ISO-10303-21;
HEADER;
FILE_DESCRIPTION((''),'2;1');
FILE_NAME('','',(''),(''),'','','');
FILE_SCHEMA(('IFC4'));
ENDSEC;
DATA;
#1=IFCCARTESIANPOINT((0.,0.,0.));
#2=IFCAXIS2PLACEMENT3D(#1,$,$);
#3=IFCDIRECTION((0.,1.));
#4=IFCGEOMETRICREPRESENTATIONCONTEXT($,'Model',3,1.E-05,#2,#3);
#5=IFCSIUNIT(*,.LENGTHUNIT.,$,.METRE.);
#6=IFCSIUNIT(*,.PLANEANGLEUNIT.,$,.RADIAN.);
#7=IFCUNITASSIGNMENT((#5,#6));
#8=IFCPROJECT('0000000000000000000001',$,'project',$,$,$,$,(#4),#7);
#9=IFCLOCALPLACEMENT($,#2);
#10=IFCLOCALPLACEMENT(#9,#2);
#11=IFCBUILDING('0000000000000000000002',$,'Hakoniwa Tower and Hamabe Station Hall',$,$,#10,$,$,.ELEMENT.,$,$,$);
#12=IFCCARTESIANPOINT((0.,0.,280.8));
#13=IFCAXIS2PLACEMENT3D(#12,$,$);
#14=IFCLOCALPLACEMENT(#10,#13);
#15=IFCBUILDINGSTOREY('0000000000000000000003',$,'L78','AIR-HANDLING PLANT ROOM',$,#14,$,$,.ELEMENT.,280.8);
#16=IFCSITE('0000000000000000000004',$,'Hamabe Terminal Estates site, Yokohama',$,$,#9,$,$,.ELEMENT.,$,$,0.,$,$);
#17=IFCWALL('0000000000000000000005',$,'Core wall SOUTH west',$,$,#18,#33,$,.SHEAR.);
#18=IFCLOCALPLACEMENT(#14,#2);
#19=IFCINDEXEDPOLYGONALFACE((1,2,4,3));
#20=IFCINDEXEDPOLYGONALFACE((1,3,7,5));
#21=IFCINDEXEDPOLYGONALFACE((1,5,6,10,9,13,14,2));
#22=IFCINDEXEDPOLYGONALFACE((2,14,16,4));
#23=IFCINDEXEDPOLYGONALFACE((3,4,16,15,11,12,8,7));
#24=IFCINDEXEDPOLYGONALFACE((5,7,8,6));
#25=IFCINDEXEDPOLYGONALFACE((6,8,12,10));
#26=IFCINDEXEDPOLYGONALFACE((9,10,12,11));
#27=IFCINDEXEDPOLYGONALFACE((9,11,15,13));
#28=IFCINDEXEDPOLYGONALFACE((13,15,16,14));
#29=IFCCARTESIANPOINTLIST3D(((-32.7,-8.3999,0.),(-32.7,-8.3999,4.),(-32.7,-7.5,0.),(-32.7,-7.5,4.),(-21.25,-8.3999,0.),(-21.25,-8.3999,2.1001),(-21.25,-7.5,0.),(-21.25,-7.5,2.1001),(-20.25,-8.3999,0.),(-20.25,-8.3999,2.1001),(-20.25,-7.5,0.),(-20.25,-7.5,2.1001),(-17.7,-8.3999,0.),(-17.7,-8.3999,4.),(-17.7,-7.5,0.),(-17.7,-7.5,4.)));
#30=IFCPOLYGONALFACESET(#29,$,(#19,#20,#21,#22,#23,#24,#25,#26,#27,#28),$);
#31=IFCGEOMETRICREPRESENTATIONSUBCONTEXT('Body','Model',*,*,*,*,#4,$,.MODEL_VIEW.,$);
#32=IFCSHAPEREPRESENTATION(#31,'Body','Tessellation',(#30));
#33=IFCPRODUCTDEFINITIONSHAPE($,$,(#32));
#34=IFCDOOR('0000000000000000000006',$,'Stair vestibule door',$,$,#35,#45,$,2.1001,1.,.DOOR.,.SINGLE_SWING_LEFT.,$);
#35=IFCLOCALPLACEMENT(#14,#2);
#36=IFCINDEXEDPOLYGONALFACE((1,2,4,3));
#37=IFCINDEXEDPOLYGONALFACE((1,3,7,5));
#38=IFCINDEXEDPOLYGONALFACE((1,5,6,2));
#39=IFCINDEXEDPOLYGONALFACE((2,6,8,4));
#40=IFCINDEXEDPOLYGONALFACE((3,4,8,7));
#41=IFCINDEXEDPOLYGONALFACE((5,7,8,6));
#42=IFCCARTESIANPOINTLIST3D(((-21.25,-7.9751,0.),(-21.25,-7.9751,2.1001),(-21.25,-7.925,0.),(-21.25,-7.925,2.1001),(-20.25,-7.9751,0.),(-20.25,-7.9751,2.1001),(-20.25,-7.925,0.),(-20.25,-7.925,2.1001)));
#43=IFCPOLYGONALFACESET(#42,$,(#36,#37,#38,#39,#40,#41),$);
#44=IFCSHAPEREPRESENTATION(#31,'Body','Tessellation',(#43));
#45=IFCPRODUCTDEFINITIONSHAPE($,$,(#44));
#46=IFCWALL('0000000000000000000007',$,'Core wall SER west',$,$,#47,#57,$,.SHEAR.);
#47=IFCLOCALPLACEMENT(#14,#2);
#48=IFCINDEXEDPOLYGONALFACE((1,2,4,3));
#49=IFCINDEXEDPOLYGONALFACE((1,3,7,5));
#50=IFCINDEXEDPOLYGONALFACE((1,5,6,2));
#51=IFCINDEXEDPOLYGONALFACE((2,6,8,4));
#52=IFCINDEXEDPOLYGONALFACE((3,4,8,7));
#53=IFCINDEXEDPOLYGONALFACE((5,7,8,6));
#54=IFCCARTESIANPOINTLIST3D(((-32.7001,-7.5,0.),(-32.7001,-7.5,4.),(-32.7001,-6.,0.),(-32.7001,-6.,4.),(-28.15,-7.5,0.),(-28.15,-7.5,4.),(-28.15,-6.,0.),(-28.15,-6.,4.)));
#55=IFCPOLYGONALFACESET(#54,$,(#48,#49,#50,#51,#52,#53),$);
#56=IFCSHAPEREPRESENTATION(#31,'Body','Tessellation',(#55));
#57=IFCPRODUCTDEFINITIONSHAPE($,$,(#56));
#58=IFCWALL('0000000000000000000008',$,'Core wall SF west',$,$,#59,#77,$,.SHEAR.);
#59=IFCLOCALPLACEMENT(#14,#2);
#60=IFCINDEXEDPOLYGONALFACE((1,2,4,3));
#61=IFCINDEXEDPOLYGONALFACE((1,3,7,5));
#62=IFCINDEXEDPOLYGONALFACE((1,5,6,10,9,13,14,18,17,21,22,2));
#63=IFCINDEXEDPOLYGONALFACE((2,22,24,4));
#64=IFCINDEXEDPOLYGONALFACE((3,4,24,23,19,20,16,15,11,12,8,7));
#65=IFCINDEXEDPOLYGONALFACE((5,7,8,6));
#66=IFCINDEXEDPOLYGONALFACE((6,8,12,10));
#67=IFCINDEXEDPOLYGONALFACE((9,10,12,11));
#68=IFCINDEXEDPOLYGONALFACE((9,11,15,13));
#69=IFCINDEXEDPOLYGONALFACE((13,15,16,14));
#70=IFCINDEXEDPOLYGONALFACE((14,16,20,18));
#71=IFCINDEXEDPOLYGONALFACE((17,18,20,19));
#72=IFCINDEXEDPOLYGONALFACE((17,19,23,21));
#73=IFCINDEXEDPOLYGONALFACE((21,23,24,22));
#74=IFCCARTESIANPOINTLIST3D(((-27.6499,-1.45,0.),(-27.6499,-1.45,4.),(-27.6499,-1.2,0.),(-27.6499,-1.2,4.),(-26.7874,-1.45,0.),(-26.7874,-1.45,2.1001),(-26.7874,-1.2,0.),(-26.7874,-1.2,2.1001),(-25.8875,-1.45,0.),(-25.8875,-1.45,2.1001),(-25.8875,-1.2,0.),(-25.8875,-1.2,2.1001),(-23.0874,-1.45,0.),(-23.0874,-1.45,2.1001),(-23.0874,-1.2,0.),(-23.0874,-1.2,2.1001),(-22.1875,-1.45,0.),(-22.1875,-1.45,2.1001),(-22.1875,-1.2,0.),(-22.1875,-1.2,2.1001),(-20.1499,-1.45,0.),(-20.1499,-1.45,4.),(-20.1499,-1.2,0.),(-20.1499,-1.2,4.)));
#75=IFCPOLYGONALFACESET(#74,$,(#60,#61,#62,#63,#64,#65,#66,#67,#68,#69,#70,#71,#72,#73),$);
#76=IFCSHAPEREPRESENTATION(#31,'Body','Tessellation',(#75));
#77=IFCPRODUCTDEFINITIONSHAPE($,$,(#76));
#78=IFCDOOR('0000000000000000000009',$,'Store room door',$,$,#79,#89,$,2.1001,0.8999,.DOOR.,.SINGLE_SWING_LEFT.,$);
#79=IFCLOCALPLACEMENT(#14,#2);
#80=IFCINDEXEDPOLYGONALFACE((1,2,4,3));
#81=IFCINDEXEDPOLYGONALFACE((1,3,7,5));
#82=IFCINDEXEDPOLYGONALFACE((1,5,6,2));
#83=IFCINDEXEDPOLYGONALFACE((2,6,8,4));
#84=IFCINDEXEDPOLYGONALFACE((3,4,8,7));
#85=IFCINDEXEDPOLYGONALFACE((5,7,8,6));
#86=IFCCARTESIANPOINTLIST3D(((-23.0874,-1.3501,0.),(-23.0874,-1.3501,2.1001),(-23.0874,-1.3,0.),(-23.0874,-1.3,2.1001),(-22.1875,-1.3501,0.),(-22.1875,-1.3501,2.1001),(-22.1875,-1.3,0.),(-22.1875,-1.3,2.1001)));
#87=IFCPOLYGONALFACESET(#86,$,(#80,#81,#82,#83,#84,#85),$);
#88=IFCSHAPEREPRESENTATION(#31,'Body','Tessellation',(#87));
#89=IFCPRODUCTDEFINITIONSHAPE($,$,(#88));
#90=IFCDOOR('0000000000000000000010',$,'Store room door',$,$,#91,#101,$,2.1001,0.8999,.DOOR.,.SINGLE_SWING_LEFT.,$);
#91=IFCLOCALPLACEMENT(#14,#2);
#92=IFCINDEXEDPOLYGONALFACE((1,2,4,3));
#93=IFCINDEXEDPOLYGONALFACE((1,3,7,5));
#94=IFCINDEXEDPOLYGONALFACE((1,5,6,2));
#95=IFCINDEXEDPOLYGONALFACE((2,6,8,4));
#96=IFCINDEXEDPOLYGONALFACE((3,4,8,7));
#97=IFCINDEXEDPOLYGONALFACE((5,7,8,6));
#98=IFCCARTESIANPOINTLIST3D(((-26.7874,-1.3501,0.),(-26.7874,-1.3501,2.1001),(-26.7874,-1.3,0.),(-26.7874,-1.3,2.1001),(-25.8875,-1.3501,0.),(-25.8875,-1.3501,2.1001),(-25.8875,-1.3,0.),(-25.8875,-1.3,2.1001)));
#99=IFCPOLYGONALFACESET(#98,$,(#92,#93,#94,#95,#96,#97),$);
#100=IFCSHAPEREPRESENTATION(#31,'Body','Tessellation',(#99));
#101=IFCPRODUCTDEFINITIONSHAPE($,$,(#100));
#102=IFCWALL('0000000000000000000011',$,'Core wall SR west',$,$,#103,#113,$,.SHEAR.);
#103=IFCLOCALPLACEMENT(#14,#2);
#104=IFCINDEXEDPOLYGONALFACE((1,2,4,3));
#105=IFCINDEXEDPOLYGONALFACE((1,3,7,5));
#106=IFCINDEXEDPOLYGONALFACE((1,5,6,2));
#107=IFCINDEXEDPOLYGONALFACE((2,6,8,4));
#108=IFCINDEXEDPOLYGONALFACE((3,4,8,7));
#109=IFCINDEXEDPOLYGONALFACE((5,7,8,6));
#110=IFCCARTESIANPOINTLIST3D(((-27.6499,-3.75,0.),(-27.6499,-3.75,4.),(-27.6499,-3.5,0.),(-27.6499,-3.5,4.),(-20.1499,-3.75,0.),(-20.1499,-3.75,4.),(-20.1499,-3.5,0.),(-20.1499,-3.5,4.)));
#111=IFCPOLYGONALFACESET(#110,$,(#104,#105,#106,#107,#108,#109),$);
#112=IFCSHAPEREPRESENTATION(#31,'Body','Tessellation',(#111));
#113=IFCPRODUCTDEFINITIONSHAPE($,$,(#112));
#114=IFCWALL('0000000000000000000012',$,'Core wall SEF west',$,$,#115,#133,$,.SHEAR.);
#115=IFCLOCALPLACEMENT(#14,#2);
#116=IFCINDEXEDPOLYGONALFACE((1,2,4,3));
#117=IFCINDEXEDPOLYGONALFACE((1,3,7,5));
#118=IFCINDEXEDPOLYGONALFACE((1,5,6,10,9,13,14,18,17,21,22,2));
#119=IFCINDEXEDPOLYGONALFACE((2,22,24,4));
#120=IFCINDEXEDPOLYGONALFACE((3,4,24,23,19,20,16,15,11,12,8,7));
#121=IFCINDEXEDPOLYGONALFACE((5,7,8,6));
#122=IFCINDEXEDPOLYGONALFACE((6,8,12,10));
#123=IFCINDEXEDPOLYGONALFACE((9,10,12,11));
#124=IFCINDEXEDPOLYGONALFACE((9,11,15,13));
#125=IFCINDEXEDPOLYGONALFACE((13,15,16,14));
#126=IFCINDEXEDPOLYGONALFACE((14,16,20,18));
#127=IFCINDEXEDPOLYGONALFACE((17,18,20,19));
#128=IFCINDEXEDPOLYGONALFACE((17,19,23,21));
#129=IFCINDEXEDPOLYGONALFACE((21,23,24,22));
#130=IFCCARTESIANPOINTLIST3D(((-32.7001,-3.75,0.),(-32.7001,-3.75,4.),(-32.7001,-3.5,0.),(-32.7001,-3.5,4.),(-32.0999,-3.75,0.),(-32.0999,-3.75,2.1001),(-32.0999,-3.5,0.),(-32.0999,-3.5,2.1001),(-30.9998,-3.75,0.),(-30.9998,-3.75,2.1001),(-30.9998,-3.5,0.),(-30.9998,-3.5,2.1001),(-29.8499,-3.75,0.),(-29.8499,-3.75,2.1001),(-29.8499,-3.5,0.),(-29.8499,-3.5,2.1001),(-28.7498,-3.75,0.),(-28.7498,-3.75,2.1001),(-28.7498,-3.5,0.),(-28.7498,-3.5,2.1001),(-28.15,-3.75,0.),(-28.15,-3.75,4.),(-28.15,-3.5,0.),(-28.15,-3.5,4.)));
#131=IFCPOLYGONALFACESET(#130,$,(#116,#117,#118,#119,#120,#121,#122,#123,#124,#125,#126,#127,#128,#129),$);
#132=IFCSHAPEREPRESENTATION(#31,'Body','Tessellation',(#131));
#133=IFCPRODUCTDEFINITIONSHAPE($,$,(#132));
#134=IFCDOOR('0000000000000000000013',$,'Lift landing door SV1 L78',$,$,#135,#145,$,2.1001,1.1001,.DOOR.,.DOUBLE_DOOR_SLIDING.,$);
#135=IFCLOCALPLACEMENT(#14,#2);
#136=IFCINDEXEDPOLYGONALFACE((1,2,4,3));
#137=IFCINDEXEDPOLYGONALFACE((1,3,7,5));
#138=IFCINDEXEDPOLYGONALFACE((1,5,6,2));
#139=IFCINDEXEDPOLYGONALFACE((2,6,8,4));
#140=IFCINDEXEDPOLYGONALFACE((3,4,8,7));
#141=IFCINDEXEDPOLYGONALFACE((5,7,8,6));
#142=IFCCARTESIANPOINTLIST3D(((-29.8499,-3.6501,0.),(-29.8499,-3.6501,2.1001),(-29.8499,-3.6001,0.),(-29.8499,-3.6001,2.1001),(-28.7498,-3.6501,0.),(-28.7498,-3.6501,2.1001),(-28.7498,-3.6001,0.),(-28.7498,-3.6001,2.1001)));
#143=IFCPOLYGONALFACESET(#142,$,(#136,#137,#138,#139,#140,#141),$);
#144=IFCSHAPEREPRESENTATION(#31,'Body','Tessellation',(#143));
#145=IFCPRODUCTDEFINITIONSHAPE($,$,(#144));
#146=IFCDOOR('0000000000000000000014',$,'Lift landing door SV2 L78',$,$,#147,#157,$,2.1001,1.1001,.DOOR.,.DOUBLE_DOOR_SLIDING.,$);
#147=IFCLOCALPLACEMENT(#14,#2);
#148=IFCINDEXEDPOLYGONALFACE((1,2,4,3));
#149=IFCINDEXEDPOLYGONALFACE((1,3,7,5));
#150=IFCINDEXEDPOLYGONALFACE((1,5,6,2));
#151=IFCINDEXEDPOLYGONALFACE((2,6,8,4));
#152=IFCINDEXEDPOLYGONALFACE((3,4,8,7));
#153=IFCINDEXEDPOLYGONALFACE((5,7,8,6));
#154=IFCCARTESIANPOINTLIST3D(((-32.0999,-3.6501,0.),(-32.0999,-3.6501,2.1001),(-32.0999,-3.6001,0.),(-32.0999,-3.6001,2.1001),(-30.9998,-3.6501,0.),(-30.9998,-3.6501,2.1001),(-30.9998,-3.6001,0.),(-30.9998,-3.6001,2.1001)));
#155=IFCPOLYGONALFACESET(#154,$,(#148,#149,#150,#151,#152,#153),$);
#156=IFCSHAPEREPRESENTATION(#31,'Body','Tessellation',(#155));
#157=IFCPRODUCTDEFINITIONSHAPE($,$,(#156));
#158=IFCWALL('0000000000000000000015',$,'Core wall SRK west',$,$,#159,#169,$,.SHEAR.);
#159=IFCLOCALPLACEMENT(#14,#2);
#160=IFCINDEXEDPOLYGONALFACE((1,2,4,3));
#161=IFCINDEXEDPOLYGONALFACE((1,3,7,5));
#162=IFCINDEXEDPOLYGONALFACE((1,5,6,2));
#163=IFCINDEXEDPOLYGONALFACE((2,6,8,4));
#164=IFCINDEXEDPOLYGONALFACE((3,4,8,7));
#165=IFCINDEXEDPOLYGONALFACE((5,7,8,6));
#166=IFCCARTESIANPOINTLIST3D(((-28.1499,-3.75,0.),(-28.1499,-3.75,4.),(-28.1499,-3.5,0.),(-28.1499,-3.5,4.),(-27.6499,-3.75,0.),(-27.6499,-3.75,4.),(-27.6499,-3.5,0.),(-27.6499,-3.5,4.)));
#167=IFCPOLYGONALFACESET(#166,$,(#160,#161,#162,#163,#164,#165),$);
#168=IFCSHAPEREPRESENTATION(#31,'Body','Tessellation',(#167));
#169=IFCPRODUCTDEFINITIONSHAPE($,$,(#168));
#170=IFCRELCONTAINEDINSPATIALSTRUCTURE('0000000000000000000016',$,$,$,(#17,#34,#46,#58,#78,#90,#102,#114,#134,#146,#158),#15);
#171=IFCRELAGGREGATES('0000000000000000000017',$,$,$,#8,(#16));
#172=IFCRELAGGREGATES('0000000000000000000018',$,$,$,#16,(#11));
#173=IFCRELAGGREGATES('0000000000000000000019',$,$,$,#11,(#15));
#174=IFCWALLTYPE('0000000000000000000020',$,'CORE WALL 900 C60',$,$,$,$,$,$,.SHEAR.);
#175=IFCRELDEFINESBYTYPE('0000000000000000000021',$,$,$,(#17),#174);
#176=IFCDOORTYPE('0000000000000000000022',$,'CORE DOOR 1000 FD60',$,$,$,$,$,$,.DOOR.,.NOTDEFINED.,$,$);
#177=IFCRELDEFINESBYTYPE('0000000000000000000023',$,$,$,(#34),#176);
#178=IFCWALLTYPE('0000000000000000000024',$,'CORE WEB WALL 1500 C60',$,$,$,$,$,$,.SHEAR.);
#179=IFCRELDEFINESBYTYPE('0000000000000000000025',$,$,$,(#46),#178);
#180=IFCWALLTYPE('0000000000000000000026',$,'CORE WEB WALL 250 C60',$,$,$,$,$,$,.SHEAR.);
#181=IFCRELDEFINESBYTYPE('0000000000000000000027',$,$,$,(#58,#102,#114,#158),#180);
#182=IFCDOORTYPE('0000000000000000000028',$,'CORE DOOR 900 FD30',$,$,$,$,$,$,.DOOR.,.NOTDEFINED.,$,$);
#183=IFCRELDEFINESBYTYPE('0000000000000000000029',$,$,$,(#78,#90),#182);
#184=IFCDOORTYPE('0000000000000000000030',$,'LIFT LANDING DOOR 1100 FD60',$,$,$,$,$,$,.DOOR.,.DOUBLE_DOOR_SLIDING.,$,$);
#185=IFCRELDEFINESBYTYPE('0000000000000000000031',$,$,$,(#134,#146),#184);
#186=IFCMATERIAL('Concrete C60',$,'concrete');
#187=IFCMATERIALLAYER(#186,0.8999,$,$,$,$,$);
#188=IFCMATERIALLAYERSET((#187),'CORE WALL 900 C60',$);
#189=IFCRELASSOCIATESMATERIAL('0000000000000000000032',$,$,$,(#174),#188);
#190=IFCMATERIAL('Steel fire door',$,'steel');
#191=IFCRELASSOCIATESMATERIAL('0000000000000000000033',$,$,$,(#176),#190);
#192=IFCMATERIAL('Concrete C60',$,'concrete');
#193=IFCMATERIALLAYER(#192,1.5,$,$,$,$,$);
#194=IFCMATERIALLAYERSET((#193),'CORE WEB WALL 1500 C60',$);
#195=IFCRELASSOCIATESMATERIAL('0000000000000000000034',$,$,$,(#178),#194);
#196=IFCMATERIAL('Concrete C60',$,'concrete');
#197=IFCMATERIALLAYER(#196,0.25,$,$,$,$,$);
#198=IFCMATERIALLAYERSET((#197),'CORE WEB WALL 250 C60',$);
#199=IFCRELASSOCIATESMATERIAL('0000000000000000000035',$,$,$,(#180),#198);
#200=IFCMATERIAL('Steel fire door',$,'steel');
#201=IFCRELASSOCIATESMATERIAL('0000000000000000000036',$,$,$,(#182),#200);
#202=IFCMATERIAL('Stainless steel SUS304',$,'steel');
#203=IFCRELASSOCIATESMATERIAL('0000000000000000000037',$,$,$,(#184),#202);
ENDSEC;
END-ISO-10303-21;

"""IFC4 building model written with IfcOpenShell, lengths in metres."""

from ifc_helpers import new_model, si_unit, direction, frame, frame_2d, origin, place, context, subcontext, project, spatial, rectangle, extrude, material, layer, layer_set, type_object, element, fill, save


model = new_model("IFC4")

# Units and contexts
model_context = context("Model", 3, precision=1e-05, world=origin(), true_north=direction((0.0, 1.0)))
body_context = subcontext(model_context, "Body", "Model", "MODEL_VIEW")
ifc_project = project(units=[si_unit("LENGTHUNIT", "METRE"), si_unit("PLANEANGLEUNIT", "RADIAN")], contexts=[model_context])

# Site, building, storey
site_placement = place(None, origin())
site = spatial("IfcSite", under=ifc_project, at=site_placement, Name="Hamabe Terminal Estates site, Yokohama", CompositionType="ELEMENT", RefElevation=0.0)
building_placement = place(site_placement, origin())
building = spatial("IfcBuilding", under=site, at=building_placement, Name="Hakoniwa Tower and Hamabe Station Hall", CompositionType="ELEMENT")
storey_placement = place(building_placement, frame((0.0, 0.0, 280.8)))
storey = spatial("IfcBuildingStorey", under=building, at=storey_placement, Name="L78", Description="AIR-HANDLING PLANT ROOM", CompositionType="ELEMENT", Elevation=280.8)

# Shared definitions
ifc_material_1 = material(Name="Concrete C60", Category="concrete")
ifc_layer_1 = layer(ifc_material_1, 0.8999)
ifc_layer_set_1 = layer_set([ifc_layer_1], Name="CORE WALL 900 C60")
wall_type_1 = type_object("IfcWallType", Name="CORE WALL 900 C60", PredefinedType="SHEAR", material=ifc_layer_set_1)

# Wall, opening, door
wall_1_placement = place(storey_placement, frame((-32.7, -7.95, 0.0), z_axis=(0.0, 0.0, 1.0), x_axis=(1.0, 0.0, 0.0)))
wall_1 = element("IfcWall", 1, at=wall_1_placement, inside=storey, type_object=wall_type_1, Name="Core wall SOUTH west", PredefinedType="SHEAR", context=body_context, shape_type="SweptSolid", body=[
    extrude(rectangle(XDim=15.0, YDim=0.8999, at=frame_2d((7.5, 0.0))), origin(), (0.0, 0.0, 1.0), 4.0),
])
opening_1_placement = place(wall_1_placement, frame((11.45, 0.0, 0.0)))
opening_1 = element("IfcOpeningElement", 2, at=opening_1_placement, cuts=wall_1, PredefinedType="OPENING", context=body_context, shape_type="SweptSolid", body=[
    extrude(rectangle(XDim=1.0, YDim=2.1001, at=frame_2d((0.5, 1.05))), frame((0.0, 0.46, 0.0), z_axis=(0.0, -1.0, 0.0), x_axis=(1.0, 0.0, 0.0)), (0.0, 0.0, 1.0), 0.9199),
])
ifc_material_2 = material(Name="Steel fire door", Category="steel")
door_type_1 = type_object("IfcDoorType", Name="CORE DOOR 1000 FD60", OperationType="NOTDEFINED", PredefinedType="DOOR", material=ifc_material_2)
door_1_placement = place(opening_1_placement, origin())
door_1 = element("IfcDoor", 3, at=door_1_placement, inside=storey, type_object=door_type_1, Name="Stair vestibule door", OperationType="SINGLE_SWING_LEFT", OverallHeight=2.1001, OverallWidth=1.0, PredefinedType="DOOR", context=body_context, shape_type="SweptSolid", body=[
    extrude(rectangle(XDim=1.0, YDim=2.1001, at=frame_2d((0.5, 1.05))), frame((0.0, 0.0249, 0.0), z_axis=(0.0, -1.0, 0.0), x_axis=(1.0, 0.0, 0.0)), (0.0, 0.0, 1.0), 0.05),
])
fill(opening_1, door_1)

# Wall
ifc_material_3 = material(Name="Concrete C60", Category="concrete")
ifc_layer_2 = layer(ifc_material_3, 1.5)
ifc_layer_set_2 = layer_set([ifc_layer_2], Name="CORE WEB WALL 1500 C60")
wall_type_2 = type_object("IfcWallType", Name="CORE WEB WALL 1500 C60", PredefinedType="SHEAR", material=ifc_layer_set_2)
wall_2_placement = place(storey_placement, frame((-32.7, -6.75, 0.0), z_axis=(0.0, 0.0, 1.0), x_axis=(1.0, 0.0, 0.0)))
element("IfcWall", 4, at=wall_2_placement, inside=storey, type_object=wall_type_2, Name="Core wall SER west", PredefinedType="SHEAR", context=body_context, shape_type="SweptSolid", body=[
    extrude(rectangle(XDim=4.55, YDim=1.5, at=frame_2d((2.2749, 0.0))), origin(), (0.0, 0.0, 1.0), 4.0),
])

# Wall, openings, doors
ifc_material_4 = material(Name="Concrete C60", Category="concrete")
ifc_layer_3 = layer(ifc_material_4, 0.25)
ifc_layer_set_3 = layer_set([ifc_layer_3], Name="CORE WEB WALL 250 C60")
wall_type_3 = type_object("IfcWallType", Name="CORE WEB WALL 250 C60", PredefinedType="SHEAR", material=ifc_layer_set_3)
wall_3_placement = place(storey_placement, frame((-27.6499, -1.325, 0.0), z_axis=(0.0, 0.0, 1.0), x_axis=(1.0, 0.0, 0.0)))
wall_3 = element("IfcWall", 5, at=wall_3_placement, inside=storey, type_object=wall_type_3, Name="Core wall SF west", PredefinedType="SHEAR", context=body_context, shape_type="SweptSolid", body=[
    extrude(rectangle(XDim=7.5, YDim=0.25, at=frame_2d((3.75, 0.0))), origin(), (0.0, 0.0, 1.0), 4.0),
])
opening_2_placement = place(wall_3_placement, frame((4.5625, 0.0, 0.0)))
opening_2 = element("IfcOpeningElement", 6, at=opening_2_placement, cuts=wall_3, PredefinedType="OPENING", context=body_context, shape_type="SweptSolid", body=[
    extrude(rectangle(XDim=0.8999, YDim=2.1001, at=frame_2d((0.45, 1.05))), frame((0.0, 0.135, 0.0), z_axis=(0.0, -1.0, 0.0), x_axis=(1.0, 0.0, 0.0)), (0.0, 0.0, 1.0), 0.27),
])
opening_3_placement = place(wall_3_placement, frame((0.8625, 0.0, 0.0)))
opening_3 = element("IfcOpeningElement", 7, at=opening_3_placement, cuts=wall_3, PredefinedType="OPENING", context=body_context, shape_type="SweptSolid", body=[
    extrude(rectangle(XDim=0.8999, YDim=2.1001, at=frame_2d((0.45, 1.05))), frame((0.0, 0.135, 0.0), z_axis=(0.0, -1.0, 0.0), x_axis=(1.0, 0.0, 0.0)), (0.0, 0.0, 1.0), 0.27),
])
ifc_material_5 = material(Name="Steel fire door", Category="steel")
door_type_2 = type_object("IfcDoorType", Name="CORE DOOR 900 FD30", OperationType="NOTDEFINED", PredefinedType="DOOR", material=ifc_material_5)
door_2_placement = place(opening_2_placement, origin())
door_2 = element("IfcDoor", 8, at=door_2_placement, inside=storey, type_object=door_type_2, Name="Store room door", OperationType="SINGLE_SWING_LEFT", OverallHeight=2.1001, OverallWidth=0.8999, PredefinedType="DOOR", context=body_context, shape_type="SweptSolid", body=[
    extrude(rectangle(XDim=0.8999, YDim=2.1001, at=frame_2d((0.45, 1.05))), frame((0.0, 0.0249, 0.0), z_axis=(0.0, -1.0, 0.0), x_axis=(1.0, 0.0, 0.0)), (0.0, 0.0, 1.0), 0.05),
])
fill(opening_2, door_2)
door_3_placement = place(opening_3_placement, origin())
door_3 = element("IfcDoor", 9, at=door_3_placement, inside=storey, type_object=door_type_2, Name="Store room door", OperationType="SINGLE_SWING_LEFT", OverallHeight=2.1001, OverallWidth=0.8999, PredefinedType="DOOR", context=body_context, shape_type="SweptSolid", body=[
    extrude(rectangle(XDim=0.8999, YDim=2.1001, at=frame_2d((0.45, 1.05))), frame((0.0, 0.0249, 0.0), z_axis=(0.0, -1.0, 0.0), x_axis=(1.0, 0.0, 0.0)), (0.0, 0.0, 1.0), 0.05),
])
fill(opening_3, door_3)

# Wall
wall_4_placement = place(storey_placement, frame((-27.6499, -3.625, 0.0), z_axis=(0.0, 0.0, 1.0), x_axis=(1.0, 0.0, 0.0)))
element("IfcWall", 10, at=wall_4_placement, inside=storey, type_object=wall_type_3, Name="Core wall SR west", PredefinedType="SHEAR", context=body_context, shape_type="SweptSolid", body=[
    extrude(rectangle(XDim=7.5, YDim=0.25, at=frame_2d((3.75, 0.0))), origin(), (0.0, 0.0, 1.0), 4.0),
])

# Wall, openings, doors
wall_5_placement = place(storey_placement, frame((-32.7, -3.625, 0.0), z_axis=(0.0, 0.0, 1.0), x_axis=(1.0, 0.0, 0.0)))
wall_5 = element("IfcWall", 11, at=wall_5_placement, inside=storey, type_object=wall_type_3, Name="Core wall SEF west", PredefinedType="SHEAR", context=body_context, shape_type="SweptSolid", body=[
    extrude(rectangle(XDim=4.55, YDim=0.25, at=frame_2d((2.2749, 0.0))), origin(), (0.0, 0.0, 1.0), 4.0),
])
opening_4_placement = place(wall_5_placement, frame((2.8501, 0.0, 0.0)))
opening_4 = element("IfcOpeningElement", 12, at=opening_4_placement, cuts=wall_5, PredefinedType="OPENING", context=body_context, shape_type="SweptSolid", body=[
    extrude(rectangle(XDim=1.1001, YDim=2.1001, at=frame_2d((0.55, 1.05))), frame((0.0, 0.135, 0.0), z_axis=(0.0, -1.0, 0.0), x_axis=(1.0, 0.0, 0.0)), (0.0, 0.0, 1.0), 0.27),
])
opening_5_placement = place(wall_5_placement, frame((0.6001, 0.0, 0.0)))
opening_5 = element("IfcOpeningElement", 13, at=opening_5_placement, cuts=wall_5, PredefinedType="OPENING", context=body_context, shape_type="SweptSolid", body=[
    extrude(rectangle(XDim=1.1001, YDim=2.1001, at=frame_2d((0.55, 1.05))), frame((0.0, 0.135, 0.0), z_axis=(0.0, -1.0, 0.0), x_axis=(1.0, 0.0, 0.0)), (0.0, 0.0, 1.0), 0.27),
])
ifc_material_6 = material(Name="Stainless steel SUS304", Category="steel")
door_type_3 = type_object("IfcDoorType", Name="LIFT LANDING DOOR 1100 FD60", OperationType="DOUBLE_DOOR_SLIDING", PredefinedType="DOOR", material=ifc_material_6)
door_4_placement = place(opening_4_placement, origin())
door_4 = element("IfcDoor", 14, at=door_4_placement, inside=storey, type_object=door_type_3, Name="Lift landing door SV1 L78", OperationType="DOUBLE_DOOR_SLIDING", OverallHeight=2.1001, OverallWidth=1.1001, PredefinedType="DOOR", context=body_context, shape_type="SweptSolid", body=[
    extrude(rectangle(XDim=1.1001, YDim=2.1001, at=frame_2d((0.55, 1.05))), frame((0.0, 0.0249, 0.0), z_axis=(0.0, -1.0, 0.0), x_axis=(1.0, 0.0, 0.0)), (0.0, 0.0, 1.0), 0.05),
])
fill(opening_4, door_4)
door_5_placement = place(opening_5_placement, origin())
door_5 = element("IfcDoor", 15, at=door_5_placement, inside=storey, type_object=door_type_3, Name="Lift landing door SV2 L78", OperationType="DOUBLE_DOOR_SLIDING", OverallHeight=2.1001, OverallWidth=1.1001, PredefinedType="DOOR", context=body_context, shape_type="SweptSolid", body=[
    extrude(rectangle(XDim=1.1001, YDim=2.1001, at=frame_2d((0.55, 1.05))), frame((0.0, 0.0249, 0.0), z_axis=(0.0, -1.0, 0.0), x_axis=(1.0, 0.0, 0.0)), (0.0, 0.0, 1.0), 0.05),
])
fill(opening_5, door_5)

# Wall
wall_6_placement = place(storey_placement, frame((-28.1499, -3.625, 0.0), z_axis=(0.0, 0.0, 1.0), x_axis=(1.0, 0.0, 0.0)))
element("IfcWall", 16, at=wall_6_placement, inside=storey, type_object=wall_type_3, Name="Core wall SRK west", PredefinedType="SHEAR", context=body_context, shape_type="SweptSolid", body=[
    extrude(rectangle(XDim=0.5, YDim=0.25, at=frame_2d((0.25, 0.0))), origin(), (0.0, 0.0, 1.0), 4.0),
])

save(model, "model.ifc")
